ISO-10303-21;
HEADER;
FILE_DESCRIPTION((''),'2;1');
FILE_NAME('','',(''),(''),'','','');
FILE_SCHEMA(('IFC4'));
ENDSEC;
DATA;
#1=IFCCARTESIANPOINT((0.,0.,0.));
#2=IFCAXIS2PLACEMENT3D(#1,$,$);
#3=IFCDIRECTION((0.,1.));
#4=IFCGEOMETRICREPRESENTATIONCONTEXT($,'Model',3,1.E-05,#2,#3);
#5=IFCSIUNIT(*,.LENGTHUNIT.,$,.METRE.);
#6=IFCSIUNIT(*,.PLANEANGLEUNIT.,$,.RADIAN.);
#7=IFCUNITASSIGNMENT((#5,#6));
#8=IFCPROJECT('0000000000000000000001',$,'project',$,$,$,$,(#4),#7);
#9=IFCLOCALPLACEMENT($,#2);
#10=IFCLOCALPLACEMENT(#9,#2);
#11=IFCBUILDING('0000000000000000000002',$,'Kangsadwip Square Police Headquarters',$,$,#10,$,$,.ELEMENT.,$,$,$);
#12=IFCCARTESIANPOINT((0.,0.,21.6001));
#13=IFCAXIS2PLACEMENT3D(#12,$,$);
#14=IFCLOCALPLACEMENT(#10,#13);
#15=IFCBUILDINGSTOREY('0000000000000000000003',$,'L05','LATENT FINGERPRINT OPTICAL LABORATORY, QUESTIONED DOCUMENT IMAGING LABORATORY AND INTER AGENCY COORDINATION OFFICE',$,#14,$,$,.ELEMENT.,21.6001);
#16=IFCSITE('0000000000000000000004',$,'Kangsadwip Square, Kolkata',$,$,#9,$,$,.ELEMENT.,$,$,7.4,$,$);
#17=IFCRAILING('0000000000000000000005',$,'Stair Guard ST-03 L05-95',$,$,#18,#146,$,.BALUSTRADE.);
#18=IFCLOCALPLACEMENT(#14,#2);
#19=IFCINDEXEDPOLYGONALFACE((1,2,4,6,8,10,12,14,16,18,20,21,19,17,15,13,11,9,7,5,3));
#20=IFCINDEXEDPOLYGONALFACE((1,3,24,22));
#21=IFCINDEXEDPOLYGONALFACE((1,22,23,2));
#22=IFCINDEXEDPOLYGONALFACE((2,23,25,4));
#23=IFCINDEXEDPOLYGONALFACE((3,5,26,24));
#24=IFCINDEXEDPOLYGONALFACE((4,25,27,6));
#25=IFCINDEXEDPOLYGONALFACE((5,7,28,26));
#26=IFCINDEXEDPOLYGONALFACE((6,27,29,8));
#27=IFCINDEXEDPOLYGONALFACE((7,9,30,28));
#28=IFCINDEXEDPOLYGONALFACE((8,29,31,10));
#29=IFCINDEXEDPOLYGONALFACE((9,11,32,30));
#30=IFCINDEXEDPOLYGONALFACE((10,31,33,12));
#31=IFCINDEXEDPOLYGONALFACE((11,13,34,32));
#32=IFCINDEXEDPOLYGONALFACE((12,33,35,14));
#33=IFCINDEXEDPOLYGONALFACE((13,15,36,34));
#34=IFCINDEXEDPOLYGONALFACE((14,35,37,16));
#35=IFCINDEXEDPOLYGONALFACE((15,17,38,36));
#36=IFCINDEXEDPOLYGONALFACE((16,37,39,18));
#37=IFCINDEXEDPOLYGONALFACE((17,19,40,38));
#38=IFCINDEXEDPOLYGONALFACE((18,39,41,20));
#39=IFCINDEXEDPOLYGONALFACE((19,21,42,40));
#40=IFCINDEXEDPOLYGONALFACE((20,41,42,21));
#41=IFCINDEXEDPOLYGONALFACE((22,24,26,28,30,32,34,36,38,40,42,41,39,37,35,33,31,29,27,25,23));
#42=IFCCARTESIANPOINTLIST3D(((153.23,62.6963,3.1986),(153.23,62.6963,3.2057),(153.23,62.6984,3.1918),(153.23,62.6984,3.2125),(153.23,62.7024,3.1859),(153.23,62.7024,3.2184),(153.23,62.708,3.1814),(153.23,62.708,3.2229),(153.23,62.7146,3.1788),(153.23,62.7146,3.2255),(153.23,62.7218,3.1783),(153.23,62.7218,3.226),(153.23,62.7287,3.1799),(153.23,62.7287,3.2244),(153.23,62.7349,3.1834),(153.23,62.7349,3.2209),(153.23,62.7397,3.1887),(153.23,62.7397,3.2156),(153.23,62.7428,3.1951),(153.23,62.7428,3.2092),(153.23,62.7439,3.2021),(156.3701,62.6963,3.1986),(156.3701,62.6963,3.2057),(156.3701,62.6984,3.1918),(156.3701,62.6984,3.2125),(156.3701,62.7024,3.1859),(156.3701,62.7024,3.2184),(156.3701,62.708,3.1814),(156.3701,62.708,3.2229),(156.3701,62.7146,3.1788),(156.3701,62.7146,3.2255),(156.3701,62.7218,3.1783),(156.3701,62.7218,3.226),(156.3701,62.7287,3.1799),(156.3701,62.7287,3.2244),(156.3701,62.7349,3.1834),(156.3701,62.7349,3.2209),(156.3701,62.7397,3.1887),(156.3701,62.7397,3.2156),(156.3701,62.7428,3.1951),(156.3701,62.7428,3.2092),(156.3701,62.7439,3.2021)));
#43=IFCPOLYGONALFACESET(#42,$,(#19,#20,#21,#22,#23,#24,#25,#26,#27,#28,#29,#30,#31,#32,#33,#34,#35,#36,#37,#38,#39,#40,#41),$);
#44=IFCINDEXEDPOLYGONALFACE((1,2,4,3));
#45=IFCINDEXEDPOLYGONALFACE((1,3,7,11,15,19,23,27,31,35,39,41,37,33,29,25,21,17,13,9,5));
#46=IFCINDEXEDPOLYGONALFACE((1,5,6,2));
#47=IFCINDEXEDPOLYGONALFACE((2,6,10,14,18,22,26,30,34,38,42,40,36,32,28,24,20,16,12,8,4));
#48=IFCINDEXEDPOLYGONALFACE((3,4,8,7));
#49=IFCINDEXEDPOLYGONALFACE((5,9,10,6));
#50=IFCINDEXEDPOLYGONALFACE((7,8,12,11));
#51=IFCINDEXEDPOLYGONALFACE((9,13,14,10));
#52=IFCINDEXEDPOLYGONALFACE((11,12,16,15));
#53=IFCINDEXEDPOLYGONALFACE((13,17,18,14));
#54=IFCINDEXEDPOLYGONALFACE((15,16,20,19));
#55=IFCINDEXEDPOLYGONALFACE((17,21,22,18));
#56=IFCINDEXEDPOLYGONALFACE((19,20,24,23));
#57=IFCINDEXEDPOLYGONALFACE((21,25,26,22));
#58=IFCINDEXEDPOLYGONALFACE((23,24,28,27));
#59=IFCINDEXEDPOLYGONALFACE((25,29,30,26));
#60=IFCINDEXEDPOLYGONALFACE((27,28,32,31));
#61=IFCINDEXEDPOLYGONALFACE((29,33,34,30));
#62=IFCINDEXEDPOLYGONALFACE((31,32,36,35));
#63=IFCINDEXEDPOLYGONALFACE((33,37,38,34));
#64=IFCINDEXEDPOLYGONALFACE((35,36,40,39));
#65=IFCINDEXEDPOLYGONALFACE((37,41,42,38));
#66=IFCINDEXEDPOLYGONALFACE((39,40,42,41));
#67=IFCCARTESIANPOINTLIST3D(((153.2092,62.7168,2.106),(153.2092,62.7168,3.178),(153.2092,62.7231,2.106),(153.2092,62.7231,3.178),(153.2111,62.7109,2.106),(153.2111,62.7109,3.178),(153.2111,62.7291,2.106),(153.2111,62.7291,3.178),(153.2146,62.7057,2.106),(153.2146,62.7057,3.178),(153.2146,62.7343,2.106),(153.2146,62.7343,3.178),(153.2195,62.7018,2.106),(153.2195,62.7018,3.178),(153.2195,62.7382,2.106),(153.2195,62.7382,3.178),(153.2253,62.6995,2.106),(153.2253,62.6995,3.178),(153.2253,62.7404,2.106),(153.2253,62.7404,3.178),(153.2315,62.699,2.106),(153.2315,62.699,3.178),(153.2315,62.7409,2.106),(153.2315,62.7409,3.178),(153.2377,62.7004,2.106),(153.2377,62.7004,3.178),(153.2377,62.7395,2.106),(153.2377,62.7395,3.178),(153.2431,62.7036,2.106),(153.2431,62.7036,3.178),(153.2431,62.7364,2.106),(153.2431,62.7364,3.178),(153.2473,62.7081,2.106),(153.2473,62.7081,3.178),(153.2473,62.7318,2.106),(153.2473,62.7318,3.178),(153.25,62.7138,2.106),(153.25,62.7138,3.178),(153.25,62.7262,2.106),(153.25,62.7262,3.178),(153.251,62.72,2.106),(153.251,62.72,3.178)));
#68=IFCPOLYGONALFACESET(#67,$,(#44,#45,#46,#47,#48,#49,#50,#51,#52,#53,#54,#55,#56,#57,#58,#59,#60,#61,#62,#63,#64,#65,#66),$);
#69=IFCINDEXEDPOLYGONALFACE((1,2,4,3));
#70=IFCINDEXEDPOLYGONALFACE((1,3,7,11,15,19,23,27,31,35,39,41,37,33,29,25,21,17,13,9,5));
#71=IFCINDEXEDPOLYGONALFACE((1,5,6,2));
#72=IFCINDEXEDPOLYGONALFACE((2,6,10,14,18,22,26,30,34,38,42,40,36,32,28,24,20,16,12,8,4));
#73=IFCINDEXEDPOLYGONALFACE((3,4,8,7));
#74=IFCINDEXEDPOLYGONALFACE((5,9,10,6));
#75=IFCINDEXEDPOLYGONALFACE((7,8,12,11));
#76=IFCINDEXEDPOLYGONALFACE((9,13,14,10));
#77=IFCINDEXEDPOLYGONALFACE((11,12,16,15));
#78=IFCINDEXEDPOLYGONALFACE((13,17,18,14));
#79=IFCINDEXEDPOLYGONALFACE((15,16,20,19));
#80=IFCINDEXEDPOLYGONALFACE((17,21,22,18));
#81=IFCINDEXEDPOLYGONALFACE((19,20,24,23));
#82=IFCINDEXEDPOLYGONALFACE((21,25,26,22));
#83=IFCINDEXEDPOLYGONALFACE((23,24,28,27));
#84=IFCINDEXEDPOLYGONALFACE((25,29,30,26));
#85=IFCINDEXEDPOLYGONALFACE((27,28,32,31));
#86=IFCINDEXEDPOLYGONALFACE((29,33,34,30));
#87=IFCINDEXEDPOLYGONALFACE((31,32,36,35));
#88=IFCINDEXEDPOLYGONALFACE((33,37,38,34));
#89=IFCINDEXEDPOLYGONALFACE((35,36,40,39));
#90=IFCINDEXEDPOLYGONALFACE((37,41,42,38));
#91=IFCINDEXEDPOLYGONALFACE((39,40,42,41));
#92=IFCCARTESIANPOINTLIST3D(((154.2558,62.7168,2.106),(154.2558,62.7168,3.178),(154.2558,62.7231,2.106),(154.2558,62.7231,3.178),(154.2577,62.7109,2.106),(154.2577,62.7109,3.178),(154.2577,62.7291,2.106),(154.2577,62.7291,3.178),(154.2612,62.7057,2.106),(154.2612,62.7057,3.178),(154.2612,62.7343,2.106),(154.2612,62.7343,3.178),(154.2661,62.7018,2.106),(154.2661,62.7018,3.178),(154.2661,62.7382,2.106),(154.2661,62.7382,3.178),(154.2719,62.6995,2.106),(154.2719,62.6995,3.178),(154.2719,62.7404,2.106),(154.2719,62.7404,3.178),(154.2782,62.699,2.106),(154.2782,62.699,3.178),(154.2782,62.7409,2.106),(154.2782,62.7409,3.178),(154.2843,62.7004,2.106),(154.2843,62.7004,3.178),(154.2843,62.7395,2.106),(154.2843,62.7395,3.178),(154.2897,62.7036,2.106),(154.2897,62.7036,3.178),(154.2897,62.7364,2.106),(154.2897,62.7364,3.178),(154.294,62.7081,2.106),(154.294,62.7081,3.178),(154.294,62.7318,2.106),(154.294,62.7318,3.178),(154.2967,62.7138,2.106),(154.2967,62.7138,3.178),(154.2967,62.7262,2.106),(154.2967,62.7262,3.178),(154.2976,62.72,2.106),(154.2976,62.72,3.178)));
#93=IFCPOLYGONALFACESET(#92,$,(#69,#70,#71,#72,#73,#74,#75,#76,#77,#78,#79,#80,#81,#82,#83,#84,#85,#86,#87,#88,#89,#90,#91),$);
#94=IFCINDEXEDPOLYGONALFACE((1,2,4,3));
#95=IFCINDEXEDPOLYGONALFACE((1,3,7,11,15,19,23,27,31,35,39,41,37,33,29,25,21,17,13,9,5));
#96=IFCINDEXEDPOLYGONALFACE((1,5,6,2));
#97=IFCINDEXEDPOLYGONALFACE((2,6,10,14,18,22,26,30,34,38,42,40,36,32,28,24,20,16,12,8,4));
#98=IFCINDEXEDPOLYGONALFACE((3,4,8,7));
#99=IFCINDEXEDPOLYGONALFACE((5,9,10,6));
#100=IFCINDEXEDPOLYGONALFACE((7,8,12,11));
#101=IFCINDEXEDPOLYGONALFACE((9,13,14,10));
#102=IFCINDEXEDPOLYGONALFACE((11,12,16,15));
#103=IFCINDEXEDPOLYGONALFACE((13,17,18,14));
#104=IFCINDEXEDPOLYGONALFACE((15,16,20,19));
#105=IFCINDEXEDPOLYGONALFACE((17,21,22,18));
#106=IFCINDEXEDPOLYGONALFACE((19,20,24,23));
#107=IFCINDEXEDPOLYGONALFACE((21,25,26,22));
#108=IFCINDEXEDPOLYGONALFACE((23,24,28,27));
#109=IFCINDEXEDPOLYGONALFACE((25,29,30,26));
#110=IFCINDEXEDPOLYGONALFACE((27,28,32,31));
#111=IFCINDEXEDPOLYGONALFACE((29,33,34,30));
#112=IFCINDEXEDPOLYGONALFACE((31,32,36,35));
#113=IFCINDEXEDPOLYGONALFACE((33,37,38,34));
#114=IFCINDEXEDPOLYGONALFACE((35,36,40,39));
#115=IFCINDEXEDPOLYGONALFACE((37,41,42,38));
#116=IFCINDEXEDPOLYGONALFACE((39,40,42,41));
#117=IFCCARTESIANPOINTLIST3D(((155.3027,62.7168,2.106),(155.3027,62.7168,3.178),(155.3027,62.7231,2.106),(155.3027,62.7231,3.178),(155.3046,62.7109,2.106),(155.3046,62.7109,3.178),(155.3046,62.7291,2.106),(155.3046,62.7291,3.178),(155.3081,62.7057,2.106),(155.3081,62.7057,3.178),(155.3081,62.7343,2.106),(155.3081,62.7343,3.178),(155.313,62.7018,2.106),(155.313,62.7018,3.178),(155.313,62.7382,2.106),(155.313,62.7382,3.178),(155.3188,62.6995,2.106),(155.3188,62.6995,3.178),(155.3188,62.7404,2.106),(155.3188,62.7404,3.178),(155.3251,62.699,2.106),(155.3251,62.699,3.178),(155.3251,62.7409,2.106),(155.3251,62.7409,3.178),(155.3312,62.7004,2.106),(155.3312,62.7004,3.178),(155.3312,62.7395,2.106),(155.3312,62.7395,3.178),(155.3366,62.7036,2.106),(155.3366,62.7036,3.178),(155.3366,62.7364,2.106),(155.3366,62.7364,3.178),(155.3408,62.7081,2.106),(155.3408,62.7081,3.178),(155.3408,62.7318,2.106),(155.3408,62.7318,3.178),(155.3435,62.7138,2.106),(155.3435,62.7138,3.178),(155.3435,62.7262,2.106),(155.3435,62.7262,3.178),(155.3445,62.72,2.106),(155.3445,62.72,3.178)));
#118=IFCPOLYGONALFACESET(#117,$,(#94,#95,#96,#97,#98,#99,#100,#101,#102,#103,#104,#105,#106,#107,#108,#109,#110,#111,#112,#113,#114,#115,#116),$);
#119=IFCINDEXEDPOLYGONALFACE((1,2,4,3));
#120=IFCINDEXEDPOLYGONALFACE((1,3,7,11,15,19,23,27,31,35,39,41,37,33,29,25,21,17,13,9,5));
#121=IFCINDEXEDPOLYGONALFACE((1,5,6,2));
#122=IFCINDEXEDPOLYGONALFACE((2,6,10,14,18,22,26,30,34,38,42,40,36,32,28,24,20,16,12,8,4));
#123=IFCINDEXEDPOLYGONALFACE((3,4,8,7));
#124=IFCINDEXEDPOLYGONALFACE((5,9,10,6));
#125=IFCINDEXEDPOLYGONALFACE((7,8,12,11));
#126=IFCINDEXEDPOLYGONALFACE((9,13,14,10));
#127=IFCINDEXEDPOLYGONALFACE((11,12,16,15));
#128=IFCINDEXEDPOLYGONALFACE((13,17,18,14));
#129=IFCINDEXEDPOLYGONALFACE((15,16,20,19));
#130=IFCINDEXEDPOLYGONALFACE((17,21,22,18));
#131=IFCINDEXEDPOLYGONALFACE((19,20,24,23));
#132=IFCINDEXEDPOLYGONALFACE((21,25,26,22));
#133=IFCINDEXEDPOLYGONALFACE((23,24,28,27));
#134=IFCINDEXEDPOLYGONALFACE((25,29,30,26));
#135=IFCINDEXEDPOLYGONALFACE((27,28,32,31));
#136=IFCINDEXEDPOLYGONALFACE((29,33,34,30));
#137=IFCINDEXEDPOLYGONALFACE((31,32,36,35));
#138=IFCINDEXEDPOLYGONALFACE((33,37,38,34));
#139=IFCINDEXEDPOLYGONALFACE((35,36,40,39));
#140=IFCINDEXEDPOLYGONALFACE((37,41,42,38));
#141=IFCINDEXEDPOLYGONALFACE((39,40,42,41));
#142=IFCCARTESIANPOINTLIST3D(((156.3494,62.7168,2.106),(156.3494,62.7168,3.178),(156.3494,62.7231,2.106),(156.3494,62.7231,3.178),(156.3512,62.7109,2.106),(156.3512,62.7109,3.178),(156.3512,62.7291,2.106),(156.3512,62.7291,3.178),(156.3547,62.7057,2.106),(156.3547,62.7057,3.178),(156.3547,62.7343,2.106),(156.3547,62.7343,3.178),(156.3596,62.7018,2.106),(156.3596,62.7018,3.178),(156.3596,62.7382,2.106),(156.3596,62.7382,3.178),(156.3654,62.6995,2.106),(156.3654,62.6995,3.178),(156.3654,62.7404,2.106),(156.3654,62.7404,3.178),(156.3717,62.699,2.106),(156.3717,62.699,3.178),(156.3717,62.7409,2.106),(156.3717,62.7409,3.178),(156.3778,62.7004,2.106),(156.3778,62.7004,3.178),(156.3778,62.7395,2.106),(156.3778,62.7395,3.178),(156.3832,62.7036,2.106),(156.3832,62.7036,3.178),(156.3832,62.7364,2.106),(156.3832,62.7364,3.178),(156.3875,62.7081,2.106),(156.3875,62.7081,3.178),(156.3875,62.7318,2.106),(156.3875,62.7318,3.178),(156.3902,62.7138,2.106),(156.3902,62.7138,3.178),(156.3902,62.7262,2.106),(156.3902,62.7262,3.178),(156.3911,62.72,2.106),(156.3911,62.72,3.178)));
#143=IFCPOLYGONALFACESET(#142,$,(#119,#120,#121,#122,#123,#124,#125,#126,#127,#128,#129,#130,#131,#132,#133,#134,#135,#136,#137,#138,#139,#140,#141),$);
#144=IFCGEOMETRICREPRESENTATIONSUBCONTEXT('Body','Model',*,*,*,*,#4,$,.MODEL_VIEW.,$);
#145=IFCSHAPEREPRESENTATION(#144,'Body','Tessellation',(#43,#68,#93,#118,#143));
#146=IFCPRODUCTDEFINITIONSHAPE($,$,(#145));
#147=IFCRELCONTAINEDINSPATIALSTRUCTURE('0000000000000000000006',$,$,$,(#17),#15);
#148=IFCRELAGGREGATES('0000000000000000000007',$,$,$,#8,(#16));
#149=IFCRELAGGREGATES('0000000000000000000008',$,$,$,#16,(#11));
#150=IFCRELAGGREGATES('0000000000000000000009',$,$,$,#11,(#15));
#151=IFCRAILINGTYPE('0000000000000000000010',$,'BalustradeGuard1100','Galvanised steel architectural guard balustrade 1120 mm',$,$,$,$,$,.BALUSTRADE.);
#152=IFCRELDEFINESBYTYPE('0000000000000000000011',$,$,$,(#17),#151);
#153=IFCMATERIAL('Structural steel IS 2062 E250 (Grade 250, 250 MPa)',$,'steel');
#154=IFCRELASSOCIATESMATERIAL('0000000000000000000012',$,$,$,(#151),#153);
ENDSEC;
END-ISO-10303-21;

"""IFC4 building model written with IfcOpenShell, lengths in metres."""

from ifc_helpers import new_model, si_unit, direction, frame, origin, origin_2d, place, context, subcontext, project, spatial, circle, extrude, material, type_object, element, save


model = new_model("IFC4")

# Units and contexts
model_context = context("Model", 3, precision=1e-05, world=origin(), true_north=direction((0.0, 1.0)))
body_context = subcontext(model_context, "Body", "Model", "MODEL_VIEW")
ifc_project = project(units=[si_unit("LENGTHUNIT", "METRE"), si_unit("PLANEANGLEUNIT", "RADIAN")], contexts=[model_context])

# Site, building, storey
site_placement = place(None, origin())
site = spatial("IfcSite", under=ifc_project, at=site_placement, Name="Kangsadwip Square, Kolkata", CompositionType="ELEMENT", RefElevation=7.4)
building_placement = place(site_placement, origin())
building = spatial("IfcBuilding", under=site, at=building_placement, Name="Kangsadwip Square Police Headquarters", CompositionType="ELEMENT")
storey_placement = place(building_placement, frame((0.0, 0.0, 21.6001)))
storey = spatial("IfcBuildingStorey", under=building, at=storey_placement, Name="L05", Description="LATENT FINGERPRINT OPTICAL LABORATORY, QUESTIONED DOCUMENT IMAGING LABORATORY AND INTER AGENCY COORDINATION OFFICE", CompositionType="ELEMENT", Elevation=21.6001)

# Railing
ifc_material_1 = material(Name="Structural steel IS 2062 E250 (Grade 250, 250 MPa)", Category="steel")
railing_type_1 = type_object("IfcRailingType", Name="BalustradeGuard1100", Description="Galvanised steel architectural guard balustrade 1120 mm", PredefinedType="BALUSTRADE", material=ifc_material_1)
for number, where, name in (
    (1, (153.23, 62.72, 2.106), "Stair Guard ST-03 L05-95"),
):
    element("IfcRailing", number, at=place(storey_placement, frame(where)), inside=storey, type_object=railing_type_1, Name=name, PredefinedType="BALUSTRADE", context=body_context, shape_type="SweptSolid", body=[
        extrude(circle(Radius=0.0239, at=origin_2d()), frame((0.0, 0.0, 1.0962), z_axis=(1.0, 0.0, 0.0), x_axis=(0.0, 1.0, 0.0)), (0.0, 0.0, 1.0), 3.1401),
        extrude(circle(Radius=0.021, at=origin_2d()), origin(), (0.0, 0.0, 1.0), 1.072),
        extrude(circle(Radius=0.021, at=origin_2d()), frame((1.0466, 0.0, 0.0)), (0.0, 0.0, 1.0), 1.072),
        extrude(circle(Radius=0.021, at=origin_2d()), frame((2.0935, 0.0, 0.0)), (0.0, 0.0, 1.0), 1.072),
        extrude(circle(Radius=0.021, at=origin_2d()), frame((3.1401, 0.0, 0.0)), (0.0, 0.0, 1.0), 1.072),
    ])

save(model, "model.ifc")
